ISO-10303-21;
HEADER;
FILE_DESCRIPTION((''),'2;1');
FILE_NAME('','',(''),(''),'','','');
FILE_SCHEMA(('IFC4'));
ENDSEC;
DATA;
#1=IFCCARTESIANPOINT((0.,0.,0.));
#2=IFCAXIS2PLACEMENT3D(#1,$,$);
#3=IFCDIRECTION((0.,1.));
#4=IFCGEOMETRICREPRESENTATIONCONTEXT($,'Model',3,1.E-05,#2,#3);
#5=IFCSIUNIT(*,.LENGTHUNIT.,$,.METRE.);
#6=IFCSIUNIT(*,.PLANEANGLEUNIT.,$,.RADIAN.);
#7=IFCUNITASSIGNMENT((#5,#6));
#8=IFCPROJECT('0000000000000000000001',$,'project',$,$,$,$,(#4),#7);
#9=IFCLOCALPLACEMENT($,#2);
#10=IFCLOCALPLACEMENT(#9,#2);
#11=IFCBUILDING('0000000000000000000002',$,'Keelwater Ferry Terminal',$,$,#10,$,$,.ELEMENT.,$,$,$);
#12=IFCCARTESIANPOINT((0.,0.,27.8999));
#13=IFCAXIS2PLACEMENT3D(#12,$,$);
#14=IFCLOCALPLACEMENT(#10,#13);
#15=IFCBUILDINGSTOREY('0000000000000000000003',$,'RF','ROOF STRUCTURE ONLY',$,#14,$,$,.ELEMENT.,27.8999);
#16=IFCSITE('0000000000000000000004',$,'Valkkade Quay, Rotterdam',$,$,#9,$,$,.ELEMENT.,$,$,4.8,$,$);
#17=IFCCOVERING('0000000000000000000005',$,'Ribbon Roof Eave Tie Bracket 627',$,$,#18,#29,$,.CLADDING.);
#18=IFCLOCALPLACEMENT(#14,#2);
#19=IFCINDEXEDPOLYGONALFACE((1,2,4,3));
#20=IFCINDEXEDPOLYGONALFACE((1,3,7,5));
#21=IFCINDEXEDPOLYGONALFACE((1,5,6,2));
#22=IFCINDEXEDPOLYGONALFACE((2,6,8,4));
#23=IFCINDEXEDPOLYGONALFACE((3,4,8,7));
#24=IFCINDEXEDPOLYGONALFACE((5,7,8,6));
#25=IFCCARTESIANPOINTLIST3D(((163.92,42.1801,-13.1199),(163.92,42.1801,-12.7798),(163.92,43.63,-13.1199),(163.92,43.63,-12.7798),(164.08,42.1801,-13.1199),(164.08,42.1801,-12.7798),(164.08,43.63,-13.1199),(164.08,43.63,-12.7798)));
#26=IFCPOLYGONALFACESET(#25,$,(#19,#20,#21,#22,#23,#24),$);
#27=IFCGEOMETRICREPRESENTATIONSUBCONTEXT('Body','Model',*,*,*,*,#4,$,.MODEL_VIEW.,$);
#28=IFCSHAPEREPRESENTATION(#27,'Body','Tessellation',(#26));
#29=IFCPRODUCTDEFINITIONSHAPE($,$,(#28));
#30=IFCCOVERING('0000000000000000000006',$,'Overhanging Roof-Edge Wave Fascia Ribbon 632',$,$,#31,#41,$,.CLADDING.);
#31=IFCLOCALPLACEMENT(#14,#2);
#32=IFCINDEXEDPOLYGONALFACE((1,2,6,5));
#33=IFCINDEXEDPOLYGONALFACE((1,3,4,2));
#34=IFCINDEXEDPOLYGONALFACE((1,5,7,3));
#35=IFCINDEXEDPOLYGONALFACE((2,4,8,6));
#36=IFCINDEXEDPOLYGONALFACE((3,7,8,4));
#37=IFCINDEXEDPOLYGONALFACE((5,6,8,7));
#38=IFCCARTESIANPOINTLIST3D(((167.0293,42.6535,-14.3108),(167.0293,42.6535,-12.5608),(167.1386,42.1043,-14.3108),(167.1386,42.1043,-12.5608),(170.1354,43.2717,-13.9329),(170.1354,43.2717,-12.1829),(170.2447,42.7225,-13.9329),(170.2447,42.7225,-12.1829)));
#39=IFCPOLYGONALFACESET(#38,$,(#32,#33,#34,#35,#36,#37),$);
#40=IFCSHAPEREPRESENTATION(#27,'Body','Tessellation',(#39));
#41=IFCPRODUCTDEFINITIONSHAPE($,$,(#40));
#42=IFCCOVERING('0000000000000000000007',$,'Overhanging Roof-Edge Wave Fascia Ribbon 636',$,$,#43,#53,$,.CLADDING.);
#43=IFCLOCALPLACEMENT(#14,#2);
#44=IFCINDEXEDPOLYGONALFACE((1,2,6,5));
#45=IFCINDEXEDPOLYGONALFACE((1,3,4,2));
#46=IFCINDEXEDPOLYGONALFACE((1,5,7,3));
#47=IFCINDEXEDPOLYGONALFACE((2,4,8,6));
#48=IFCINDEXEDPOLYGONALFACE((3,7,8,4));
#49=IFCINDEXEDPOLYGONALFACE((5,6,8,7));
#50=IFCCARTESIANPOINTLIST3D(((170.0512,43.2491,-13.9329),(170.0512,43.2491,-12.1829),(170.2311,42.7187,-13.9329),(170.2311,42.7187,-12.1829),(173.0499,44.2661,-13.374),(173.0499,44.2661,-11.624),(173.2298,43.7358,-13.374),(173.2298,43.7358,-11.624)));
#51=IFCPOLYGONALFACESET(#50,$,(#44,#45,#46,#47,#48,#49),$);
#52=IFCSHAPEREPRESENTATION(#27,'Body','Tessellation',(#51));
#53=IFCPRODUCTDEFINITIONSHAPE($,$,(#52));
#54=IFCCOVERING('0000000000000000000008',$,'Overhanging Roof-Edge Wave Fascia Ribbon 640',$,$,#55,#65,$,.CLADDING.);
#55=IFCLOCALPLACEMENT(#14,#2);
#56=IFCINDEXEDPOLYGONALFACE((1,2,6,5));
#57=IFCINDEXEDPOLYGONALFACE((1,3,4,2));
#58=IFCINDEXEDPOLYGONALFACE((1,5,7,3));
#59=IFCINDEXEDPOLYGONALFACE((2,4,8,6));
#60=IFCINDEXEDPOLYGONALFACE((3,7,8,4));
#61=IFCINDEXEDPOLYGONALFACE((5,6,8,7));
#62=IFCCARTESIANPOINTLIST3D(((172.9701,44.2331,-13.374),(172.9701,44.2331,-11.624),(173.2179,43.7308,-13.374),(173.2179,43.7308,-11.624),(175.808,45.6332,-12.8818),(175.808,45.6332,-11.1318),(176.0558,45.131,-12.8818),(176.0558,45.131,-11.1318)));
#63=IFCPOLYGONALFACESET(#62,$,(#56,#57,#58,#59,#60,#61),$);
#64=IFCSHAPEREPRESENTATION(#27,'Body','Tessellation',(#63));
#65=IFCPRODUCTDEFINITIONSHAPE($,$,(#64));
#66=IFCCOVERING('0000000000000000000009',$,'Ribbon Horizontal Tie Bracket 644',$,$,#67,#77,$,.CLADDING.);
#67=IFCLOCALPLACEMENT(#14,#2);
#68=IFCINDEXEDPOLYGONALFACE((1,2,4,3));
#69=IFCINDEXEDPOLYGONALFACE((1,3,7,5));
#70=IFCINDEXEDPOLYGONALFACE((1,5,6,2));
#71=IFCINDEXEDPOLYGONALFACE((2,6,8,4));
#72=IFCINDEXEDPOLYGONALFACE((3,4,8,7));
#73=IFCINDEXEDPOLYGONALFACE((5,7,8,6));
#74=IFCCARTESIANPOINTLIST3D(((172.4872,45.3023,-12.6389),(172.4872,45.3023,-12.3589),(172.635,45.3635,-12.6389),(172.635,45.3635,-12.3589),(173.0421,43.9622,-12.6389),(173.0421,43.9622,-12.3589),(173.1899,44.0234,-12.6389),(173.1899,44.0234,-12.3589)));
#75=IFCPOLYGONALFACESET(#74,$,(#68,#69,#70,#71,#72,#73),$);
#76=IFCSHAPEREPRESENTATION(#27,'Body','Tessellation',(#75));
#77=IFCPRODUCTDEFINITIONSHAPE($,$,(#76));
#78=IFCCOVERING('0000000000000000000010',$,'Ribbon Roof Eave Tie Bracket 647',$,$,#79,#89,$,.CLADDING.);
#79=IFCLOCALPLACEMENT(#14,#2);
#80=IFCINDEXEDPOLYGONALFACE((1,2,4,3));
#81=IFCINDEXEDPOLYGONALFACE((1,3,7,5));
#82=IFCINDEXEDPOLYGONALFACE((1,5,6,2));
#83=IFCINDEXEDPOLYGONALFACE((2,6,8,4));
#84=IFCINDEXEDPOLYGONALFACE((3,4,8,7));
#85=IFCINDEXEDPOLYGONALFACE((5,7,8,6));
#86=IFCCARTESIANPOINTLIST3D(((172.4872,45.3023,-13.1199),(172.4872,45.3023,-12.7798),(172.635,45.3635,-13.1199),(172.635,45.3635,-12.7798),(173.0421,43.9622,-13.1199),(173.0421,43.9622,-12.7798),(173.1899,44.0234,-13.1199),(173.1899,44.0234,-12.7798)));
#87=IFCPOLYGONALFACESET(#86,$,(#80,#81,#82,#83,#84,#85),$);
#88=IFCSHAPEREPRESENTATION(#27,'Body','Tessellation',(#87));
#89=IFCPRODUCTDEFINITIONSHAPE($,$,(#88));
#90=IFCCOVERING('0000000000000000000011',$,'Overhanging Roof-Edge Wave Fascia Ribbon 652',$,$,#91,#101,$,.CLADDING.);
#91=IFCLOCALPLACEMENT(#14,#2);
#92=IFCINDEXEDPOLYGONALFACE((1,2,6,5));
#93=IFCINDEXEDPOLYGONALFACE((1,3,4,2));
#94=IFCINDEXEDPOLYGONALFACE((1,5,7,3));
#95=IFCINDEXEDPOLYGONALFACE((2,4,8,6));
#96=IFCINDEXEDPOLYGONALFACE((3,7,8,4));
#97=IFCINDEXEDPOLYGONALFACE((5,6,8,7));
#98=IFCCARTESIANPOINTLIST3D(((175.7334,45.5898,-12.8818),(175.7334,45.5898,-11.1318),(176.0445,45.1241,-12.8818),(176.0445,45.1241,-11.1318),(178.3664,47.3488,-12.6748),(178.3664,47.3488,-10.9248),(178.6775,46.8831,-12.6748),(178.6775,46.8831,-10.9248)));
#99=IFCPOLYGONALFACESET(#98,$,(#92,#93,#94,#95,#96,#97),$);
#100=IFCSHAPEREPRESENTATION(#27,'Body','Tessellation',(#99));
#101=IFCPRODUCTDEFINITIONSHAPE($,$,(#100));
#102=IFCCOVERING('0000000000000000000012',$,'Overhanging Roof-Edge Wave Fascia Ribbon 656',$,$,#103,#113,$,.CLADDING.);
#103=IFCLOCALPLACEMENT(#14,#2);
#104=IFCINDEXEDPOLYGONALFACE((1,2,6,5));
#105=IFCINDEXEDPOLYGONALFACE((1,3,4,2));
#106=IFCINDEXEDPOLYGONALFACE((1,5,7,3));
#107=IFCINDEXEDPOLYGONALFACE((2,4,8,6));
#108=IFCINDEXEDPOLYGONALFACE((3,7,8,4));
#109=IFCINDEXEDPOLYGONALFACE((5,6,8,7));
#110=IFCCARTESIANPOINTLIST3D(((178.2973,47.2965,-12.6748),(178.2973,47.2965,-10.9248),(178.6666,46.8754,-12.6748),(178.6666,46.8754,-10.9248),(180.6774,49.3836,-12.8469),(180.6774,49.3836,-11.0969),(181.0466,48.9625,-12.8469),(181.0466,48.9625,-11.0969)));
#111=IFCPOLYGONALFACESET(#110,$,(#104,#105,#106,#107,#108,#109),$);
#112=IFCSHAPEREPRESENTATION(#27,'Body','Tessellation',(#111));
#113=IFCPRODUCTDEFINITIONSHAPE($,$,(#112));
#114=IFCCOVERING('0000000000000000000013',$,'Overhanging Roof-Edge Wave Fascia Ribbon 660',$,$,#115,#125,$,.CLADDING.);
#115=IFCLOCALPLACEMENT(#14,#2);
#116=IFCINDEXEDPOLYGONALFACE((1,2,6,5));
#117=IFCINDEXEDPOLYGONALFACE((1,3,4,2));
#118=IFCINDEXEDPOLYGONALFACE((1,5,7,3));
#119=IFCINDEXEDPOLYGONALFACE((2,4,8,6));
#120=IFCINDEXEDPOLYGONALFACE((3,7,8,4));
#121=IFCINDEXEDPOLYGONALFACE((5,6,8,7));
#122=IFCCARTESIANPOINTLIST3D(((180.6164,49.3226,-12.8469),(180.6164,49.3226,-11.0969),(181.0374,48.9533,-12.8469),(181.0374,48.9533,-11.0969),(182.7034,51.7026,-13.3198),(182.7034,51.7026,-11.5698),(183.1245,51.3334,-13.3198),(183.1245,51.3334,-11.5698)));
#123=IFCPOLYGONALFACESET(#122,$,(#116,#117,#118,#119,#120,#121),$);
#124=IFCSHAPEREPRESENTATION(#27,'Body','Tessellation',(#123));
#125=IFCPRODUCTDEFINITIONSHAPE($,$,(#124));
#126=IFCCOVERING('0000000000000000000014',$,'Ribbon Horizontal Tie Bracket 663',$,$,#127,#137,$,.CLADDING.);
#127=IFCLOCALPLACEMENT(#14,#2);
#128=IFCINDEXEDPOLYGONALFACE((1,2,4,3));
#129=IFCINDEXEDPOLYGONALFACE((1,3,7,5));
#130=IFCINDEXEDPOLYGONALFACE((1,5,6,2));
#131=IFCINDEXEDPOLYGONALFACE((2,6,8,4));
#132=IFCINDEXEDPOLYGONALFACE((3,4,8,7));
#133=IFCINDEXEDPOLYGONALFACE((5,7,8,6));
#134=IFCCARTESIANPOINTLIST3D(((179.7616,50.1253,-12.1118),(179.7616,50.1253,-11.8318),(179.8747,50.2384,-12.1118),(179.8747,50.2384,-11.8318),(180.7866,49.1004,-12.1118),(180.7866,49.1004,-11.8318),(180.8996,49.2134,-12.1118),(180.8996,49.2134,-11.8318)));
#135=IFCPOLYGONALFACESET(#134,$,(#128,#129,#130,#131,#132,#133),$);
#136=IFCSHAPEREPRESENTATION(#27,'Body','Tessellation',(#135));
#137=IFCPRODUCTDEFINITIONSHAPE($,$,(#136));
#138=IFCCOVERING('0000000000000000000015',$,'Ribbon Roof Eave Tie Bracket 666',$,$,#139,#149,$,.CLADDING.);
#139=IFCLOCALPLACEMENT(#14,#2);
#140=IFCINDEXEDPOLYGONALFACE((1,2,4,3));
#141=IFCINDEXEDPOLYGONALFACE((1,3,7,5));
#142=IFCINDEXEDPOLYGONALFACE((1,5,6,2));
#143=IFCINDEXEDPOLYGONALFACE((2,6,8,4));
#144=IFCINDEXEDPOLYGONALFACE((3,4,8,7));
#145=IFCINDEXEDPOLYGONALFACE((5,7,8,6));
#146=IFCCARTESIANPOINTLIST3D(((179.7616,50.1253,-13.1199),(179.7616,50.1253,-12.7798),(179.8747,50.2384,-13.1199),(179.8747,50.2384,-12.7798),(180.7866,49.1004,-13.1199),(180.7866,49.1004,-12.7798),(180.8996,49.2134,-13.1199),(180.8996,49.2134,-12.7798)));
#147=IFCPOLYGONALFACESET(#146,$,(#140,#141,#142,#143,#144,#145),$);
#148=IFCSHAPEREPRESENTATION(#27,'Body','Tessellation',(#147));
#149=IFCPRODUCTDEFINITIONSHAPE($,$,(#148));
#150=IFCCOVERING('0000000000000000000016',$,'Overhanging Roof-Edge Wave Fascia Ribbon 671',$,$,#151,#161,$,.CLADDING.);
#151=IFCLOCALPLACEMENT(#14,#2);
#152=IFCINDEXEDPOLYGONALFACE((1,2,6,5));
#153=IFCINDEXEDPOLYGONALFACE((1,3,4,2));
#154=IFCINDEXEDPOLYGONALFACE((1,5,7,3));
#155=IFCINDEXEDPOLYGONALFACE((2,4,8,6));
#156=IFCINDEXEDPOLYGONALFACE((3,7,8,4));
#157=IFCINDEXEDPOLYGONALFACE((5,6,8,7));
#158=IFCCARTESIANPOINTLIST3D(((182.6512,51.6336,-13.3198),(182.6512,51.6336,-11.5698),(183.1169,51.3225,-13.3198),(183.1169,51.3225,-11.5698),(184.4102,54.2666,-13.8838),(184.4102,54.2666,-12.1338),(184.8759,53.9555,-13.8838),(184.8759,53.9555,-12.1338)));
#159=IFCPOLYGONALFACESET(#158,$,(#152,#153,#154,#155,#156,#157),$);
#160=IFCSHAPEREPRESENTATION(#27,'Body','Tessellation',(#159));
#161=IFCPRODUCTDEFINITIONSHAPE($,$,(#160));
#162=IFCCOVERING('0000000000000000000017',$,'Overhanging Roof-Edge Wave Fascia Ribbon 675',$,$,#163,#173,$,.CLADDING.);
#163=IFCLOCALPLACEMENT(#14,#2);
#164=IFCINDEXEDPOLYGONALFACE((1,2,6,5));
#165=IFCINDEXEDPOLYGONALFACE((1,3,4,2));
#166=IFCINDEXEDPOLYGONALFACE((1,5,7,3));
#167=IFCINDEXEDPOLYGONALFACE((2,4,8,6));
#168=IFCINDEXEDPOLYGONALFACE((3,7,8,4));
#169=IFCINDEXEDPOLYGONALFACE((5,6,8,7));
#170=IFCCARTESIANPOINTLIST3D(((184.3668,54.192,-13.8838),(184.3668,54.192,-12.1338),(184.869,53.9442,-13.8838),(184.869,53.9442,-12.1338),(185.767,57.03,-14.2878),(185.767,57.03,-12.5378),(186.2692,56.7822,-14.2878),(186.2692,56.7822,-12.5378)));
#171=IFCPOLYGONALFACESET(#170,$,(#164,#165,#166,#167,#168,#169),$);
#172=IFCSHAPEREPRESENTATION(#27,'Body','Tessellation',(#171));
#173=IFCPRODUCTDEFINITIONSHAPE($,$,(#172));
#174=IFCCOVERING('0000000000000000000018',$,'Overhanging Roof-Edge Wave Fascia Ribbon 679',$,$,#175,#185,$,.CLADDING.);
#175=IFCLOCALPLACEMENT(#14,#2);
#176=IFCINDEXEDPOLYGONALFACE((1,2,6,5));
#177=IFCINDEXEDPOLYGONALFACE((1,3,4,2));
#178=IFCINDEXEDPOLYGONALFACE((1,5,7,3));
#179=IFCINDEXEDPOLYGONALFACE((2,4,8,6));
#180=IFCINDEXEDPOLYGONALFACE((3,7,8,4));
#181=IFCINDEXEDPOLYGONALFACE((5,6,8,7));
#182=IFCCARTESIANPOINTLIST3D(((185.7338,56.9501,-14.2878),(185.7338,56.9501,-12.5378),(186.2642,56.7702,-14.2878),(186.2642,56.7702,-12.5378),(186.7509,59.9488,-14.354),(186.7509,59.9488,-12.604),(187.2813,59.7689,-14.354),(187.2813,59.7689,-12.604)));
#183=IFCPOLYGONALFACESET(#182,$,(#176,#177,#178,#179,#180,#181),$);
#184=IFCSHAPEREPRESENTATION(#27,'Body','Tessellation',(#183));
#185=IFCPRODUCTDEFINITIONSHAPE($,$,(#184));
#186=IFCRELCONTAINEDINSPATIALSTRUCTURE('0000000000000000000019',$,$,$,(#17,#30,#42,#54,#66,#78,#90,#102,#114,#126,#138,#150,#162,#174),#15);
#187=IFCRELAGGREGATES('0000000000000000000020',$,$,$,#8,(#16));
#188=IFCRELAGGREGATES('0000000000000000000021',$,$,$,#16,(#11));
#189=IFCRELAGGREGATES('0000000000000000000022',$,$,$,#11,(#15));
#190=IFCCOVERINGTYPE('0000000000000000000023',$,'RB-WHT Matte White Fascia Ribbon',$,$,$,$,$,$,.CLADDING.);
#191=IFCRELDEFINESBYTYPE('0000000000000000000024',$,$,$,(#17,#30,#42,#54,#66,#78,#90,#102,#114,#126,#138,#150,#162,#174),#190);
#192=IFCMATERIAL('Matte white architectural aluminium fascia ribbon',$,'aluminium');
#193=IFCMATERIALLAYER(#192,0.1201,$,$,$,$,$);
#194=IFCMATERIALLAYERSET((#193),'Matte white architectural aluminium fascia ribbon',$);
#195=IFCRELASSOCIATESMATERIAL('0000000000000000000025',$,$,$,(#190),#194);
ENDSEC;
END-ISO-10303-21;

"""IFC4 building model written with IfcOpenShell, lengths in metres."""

from ifc_helpers import new_model, si_unit, direction, frame, frame_2d, origin, place, context, subcontext, project, spatial, polyline, rectangle, outline, extrude, material, layer, layer_set, type_object, element, save


model = new_model("IFC4")

# Units and contexts
model_context = context("Model", 3, precision=1e-05, world=origin(), true_north=direction((0.0, 1.0)))
body_context = subcontext(model_context, "Body", "Model", "MODEL_VIEW")
ifc_project = project(units=[si_unit("LENGTHUNIT", "METRE"), si_unit("PLANEANGLEUNIT", "RADIAN")], contexts=[model_context])

# Site, building, storey
site_placement = place(None, origin())
site = spatial("IfcSite", under=ifc_project, at=site_placement, Name="Valkkade Quay, Rotterdam", CompositionType="ELEMENT", RefElevation=4.8)
building_placement = place(site_placement, origin())
building = spatial("IfcBuilding", under=site, at=building_placement, Name="Keelwater Ferry Terminal", CompositionType="ELEMENT")
storey_placement = place(building_placement, frame((0.0, 0.0, 27.8999)))
storey = spatial("IfcBuildingStorey", under=building, at=storey_placement, Name="RF", Description="ROOF STRUCTURE ONLY", CompositionType="ELEMENT", Elevation=27.8999)

# Coverings
ifc_material_1 = material(Name="Matte white architectural aluminium fascia ribbon", Category="aluminium")
ifc_layer_1 = layer(ifc_material_1, 0.1201)
ifc_layer_set_1 = layer_set([ifc_layer_1], Name="Matte white architectural aluminium fascia ribbon")
covering_type = type_object("IfcCoveringType", Name="RB-WHT Matte White Fascia Ribbon", PredefinedType="CLADDING", material=ifc_layer_set_1)
covering_1_placement = place(storey_placement, frame((164.0, 42.1799, -13.1199), z_axis=(0.0, 0.0, 1.0), x_axis=(0.0, 1.0, 0.0)))
element("IfcCovering", 1, at=covering_1_placement, inside=storey, type_object=covering_type, Name="Ribbon Roof Eave Tie Bracket 627", PredefinedType="CLADDING", context=body_context, shape_type="SweptSolid", body=[
    extrude(rectangle(XDim=1.45, YDim=0.1599, at=frame_2d((0.7251, 0.0))), origin(), (0.0, 0.0, 1.0), 0.3401),
])
covering_2_placement = place(storey_placement, frame((167.084, 42.3789, -14.3108), z_axis=(0.0, 0.0, 1.0), x_axis=(0.980764, 0.195197, 0.0)))
element("IfcCovering", 2, at=covering_2_placement, inside=storey, type_object=covering_type, Name="Overhanging Roof-Edge Wave Fascia Ribbon 632", PredefinedType="CLADDING", context=body_context, shape_type="SweptSolid", body=[
    extrude(outline(polyline([(0.0, 0.0), (3.167, 0.3779), (3.167, 2.1279), (0.0, 1.75), (0.0, 0.0)])), frame((0.0, 0.28, 0.0), z_axis=(0.0, -1.0, 0.0), x_axis=(1.0, 0.0, 0.0)), (0.0, 0.0, 1.0), 0.5601),
])
covering_3_placement = place(storey_placement, frame((170.1411, 42.9839, -13.9329), z_axis=(0.0, 0.0, 1.0), x_axis=(0.947013, 0.321196, 0.0)))
element("IfcCovering", 3, at=covering_3_placement, inside=storey, type_object=covering_type, Name="Overhanging Roof-Edge Wave Fascia Ribbon 636", PredefinedType="CLADDING", context=body_context, shape_type="SweptSolid", body=[
    extrude(outline(polyline([(0.0, 0.0), (3.1665, 0.5588), (3.1665, 2.3088), (0.0, 1.75), (0.0, 0.0)])), frame((0.0, 0.28, 0.0), z_axis=(0.0, -1.0, 0.0), x_axis=(1.0, 0.0, 0.0)), (0.0, 0.0, 1.0), 0.5601),
])
covering_4_placement = place(storey_placement, frame((173.094, 43.9819, -13.374), z_axis=(0.0, 0.0, 1.0), x_axis=(0.896791, 0.442455, 0.0)))
element("IfcCovering", 4, at=covering_4_placement, inside=storey, type_object=covering_type, Name="Overhanging Roof-Edge Wave Fascia Ribbon 640", PredefinedType="CLADDING", context=body_context, shape_type="SweptSolid", body=[
    extrude(outline(polyline([(0.0, 0.0), (3.1646, 0.4922), (3.1646, 2.2422), (0.0, 1.75), (0.0, 0.0)])), frame((0.0, 0.28, 0.0), z_axis=(0.0, -1.0, 0.0), x_axis=(1.0, 0.0, 0.0)), (0.0, 0.0, 1.0), 0.5601),
])
covering_5_placement = place(storey_placement, frame((173.116, 43.9929, -12.6389), z_axis=(0.0, 0.0, 1.0), x_axis=(-0.382595, 0.923916, 0.0)))
element("IfcCovering", 5, at=covering_5_placement, inside=storey, type_object=covering_type, Name="Ribbon Horizontal Tie Bracket 644", PredefinedType="CLADDING", context=body_context, shape_type="SweptSolid", body=[
    extrude(rectangle(XDim=1.4504, YDim=0.1599, at=frame_2d((0.7251, 0.0))), origin(), (0.0, 0.0, 1.0), 0.28),
])
covering_6_placement = place(storey_placement, frame((173.116, 43.9929, -13.1199), z_axis=(0.0, 0.0, 1.0), x_axis=(-0.382595, 0.923916, 0.0)))
element("IfcCovering", 6, at=covering_6_placement, inside=storey, type_object=covering_type, Name="Ribbon Roof Eave Tie Bracket 647", PredefinedType="CLADDING", context=body_context, shape_type="SweptSolid", body=[
    extrude(rectangle(XDim=1.4504, YDim=0.1599, at=frame_2d((0.7251, 0.0))), origin(), (0.0, 0.0, 1.0), 0.3401),
])
covering_7_placement = place(storey_placement, frame((175.8889, 45.3569, -12.8818), z_axis=(0.0, 0.0, 1.0), x_axis=(0.831516, 0.555501, 0.0)))
element("IfcCovering", 7, at=covering_7_placement, inside=storey, type_object=covering_type, Name="Overhanging Roof-Edge Wave Fascia Ribbon 652", PredefinedType="CLADDING", context=body_context, shape_type="SweptSolid", body=[
    extrude(outline(polyline([(0.0, 0.0), (3.1665, 0.207), (3.1665, 1.957), (0.0, 1.75), (0.0, 0.0)])), frame((0.0, 0.28, 0.0), z_axis=(0.0, -1.0, 0.0), x_axis=(1.0, 0.0, 0.0)), (0.0, 0.0, 1.0), 0.5601),
])
covering_8_placement = place(storey_placement, frame((178.4819, 47.0859, -12.8469), z_axis=(0.0, 0.0, 1.0), x_axis=(0.751864, 0.659318, 0.0)))
element("IfcCovering", 8, at=covering_8_placement, inside=storey, type_object=covering_type, Name="Overhanging Roof-Edge Wave Fascia Ribbon 656", PredefinedType="CLADDING", context=body_context, shape_type="SweptSolid", body=[
    extrude(outline(polyline([(0.0, 0.1721), (3.1655, 0.0), (3.1655, 1.75), (0.0, 1.9221), (0.0, 0.1721)])), frame((0.0, 0.28, 0.0), z_axis=(0.0, -1.0, 0.0), x_axis=(1.0, 0.0, 0.0)), (0.0, 0.0, 1.0), 0.5601),
])
covering_9_placement = place(storey_placement, frame((180.8269, 49.1379, -13.3198), z_axis=(0.0, 0.0, 1.0), x_axis=(0.659318, 0.751864, 0.0)))
element("IfcCovering", 9, at=covering_9_placement, inside=storey, type_object=covering_type, Name="Overhanging Roof-Edge Wave Fascia Ribbon 660", PredefinedType="CLADDING", context=body_context, shape_type="SweptSolid", body=[
    extrude(outline(polyline([(0.0, 0.4729), (3.1655, 0.0), (3.1655, 1.75), (0.0, 2.2229), (0.0, 0.4729)])), frame((0.0, 0.28, 0.0), z_axis=(0.0, -1.0, 0.0), x_axis=(1.0, 0.0, 0.0)), (0.0, 0.0, 1.0), 0.5601),
])
covering_10_placement = place(storey_placement, frame((180.843, 49.157, -12.1118), z_axis=(0.0, 0.0, 1.0), x_axis=(-0.707107, 0.707107, 0.0)))
element("IfcCovering", 10, at=covering_10_placement, inside=storey, type_object=covering_type, Name="Ribbon Horizontal Tie Bracket 663", PredefinedType="CLADDING", context=body_context, shape_type="SweptSolid", body=[
    extrude(rectangle(XDim=1.4495, YDim=0.1599, at=frame_2d((0.7246, 0.0))), origin(), (0.0, 0.0, 1.0), 0.28),
])
covering_11_placement = place(storey_placement, frame((180.843, 49.157, -13.1199), z_axis=(0.0, 0.0, 1.0), x_axis=(-0.707107, 0.707107, 0.0)))
element("IfcCovering", 11, at=covering_11_placement, inside=storey, type_object=covering_type, Name="Ribbon Roof Eave Tie Bracket 666", PredefinedType="CLADDING", context=body_context, shape_type="SweptSolid", body=[
    extrude(rectangle(XDim=1.4495, YDim=0.1599, at=frame_2d((0.7246, 0.0))), origin(), (0.0, 0.0, 1.0), 0.3401),
])
covering_12_placement = place(storey_placement, frame((182.884, 51.478, -13.8838), z_axis=(0.0, 0.0, 1.0), x_axis=(0.555501, 0.831516, 0.0)))
element("IfcCovering", 12, at=covering_12_placement, inside=storey, type_object=covering_type, Name="Overhanging Roof-Edge Wave Fascia Ribbon 671", PredefinedType="CLADDING", context=body_context, shape_type="SweptSolid", body=[
    extrude(outline(polyline([(0.0, 0.564), (3.1665, 0.0), (3.1665, 1.75), (0.0, 2.314), (0.0, 0.564)])), frame((0.0, 0.28, 0.0), z_axis=(0.0, -1.0, 0.0), x_axis=(1.0, 0.0, 0.0)), (0.0, 0.0, 1.0), 0.5601),
])
covering_13_placement = place(storey_placement, frame((184.6179, 54.0681, -14.2878), z_axis=(0.0, 0.0, 1.0), x_axis=(0.442455, 0.896791, 0.0)))
element("IfcCovering", 13, at=covering_13_placement, inside=storey, type_object=covering_type, Name="Overhanging Roof-Edge Wave Fascia Ribbon 675", PredefinedType="CLADDING", context=body_context, shape_type="SweptSolid", body=[
    extrude(outline(polyline([(0.0, 0.4041), (3.1646, 0.0), (3.1646, 1.75), (0.0, 2.1541), (0.0, 0.4041)])), frame((0.0, 0.28, 0.0), z_axis=(0.0, -1.0, 0.0), x_axis=(1.0, 0.0, 0.0)), (0.0, 0.0, 1.0), 0.5601),
])
covering_14_placement = place(storey_placement, frame((185.999, 56.8601, -14.354), z_axis=(0.0, 0.0, 1.0), x_axis=(0.321196, 0.947013, 0.0)))
element("IfcCovering", 14, at=covering_14_placement, inside=storey, type_object=covering_type, Name="Overhanging Roof-Edge Wave Fascia Ribbon 679", PredefinedType="CLADDING", context=body_context, shape_type="SweptSolid", body=[
    extrude(outline(polyline([(0.0, 0.0662), (3.1665, 0.0), (3.1665, 1.75), (0.0, 1.8162), (0.0, 0.0662)])), frame((0.0, 0.28, 0.0), z_axis=(0.0, -1.0, 0.0), x_axis=(1.0, 0.0, 0.0)), (0.0, 0.0, 1.0), 0.5601),
])

save(model, "model.ifc")
